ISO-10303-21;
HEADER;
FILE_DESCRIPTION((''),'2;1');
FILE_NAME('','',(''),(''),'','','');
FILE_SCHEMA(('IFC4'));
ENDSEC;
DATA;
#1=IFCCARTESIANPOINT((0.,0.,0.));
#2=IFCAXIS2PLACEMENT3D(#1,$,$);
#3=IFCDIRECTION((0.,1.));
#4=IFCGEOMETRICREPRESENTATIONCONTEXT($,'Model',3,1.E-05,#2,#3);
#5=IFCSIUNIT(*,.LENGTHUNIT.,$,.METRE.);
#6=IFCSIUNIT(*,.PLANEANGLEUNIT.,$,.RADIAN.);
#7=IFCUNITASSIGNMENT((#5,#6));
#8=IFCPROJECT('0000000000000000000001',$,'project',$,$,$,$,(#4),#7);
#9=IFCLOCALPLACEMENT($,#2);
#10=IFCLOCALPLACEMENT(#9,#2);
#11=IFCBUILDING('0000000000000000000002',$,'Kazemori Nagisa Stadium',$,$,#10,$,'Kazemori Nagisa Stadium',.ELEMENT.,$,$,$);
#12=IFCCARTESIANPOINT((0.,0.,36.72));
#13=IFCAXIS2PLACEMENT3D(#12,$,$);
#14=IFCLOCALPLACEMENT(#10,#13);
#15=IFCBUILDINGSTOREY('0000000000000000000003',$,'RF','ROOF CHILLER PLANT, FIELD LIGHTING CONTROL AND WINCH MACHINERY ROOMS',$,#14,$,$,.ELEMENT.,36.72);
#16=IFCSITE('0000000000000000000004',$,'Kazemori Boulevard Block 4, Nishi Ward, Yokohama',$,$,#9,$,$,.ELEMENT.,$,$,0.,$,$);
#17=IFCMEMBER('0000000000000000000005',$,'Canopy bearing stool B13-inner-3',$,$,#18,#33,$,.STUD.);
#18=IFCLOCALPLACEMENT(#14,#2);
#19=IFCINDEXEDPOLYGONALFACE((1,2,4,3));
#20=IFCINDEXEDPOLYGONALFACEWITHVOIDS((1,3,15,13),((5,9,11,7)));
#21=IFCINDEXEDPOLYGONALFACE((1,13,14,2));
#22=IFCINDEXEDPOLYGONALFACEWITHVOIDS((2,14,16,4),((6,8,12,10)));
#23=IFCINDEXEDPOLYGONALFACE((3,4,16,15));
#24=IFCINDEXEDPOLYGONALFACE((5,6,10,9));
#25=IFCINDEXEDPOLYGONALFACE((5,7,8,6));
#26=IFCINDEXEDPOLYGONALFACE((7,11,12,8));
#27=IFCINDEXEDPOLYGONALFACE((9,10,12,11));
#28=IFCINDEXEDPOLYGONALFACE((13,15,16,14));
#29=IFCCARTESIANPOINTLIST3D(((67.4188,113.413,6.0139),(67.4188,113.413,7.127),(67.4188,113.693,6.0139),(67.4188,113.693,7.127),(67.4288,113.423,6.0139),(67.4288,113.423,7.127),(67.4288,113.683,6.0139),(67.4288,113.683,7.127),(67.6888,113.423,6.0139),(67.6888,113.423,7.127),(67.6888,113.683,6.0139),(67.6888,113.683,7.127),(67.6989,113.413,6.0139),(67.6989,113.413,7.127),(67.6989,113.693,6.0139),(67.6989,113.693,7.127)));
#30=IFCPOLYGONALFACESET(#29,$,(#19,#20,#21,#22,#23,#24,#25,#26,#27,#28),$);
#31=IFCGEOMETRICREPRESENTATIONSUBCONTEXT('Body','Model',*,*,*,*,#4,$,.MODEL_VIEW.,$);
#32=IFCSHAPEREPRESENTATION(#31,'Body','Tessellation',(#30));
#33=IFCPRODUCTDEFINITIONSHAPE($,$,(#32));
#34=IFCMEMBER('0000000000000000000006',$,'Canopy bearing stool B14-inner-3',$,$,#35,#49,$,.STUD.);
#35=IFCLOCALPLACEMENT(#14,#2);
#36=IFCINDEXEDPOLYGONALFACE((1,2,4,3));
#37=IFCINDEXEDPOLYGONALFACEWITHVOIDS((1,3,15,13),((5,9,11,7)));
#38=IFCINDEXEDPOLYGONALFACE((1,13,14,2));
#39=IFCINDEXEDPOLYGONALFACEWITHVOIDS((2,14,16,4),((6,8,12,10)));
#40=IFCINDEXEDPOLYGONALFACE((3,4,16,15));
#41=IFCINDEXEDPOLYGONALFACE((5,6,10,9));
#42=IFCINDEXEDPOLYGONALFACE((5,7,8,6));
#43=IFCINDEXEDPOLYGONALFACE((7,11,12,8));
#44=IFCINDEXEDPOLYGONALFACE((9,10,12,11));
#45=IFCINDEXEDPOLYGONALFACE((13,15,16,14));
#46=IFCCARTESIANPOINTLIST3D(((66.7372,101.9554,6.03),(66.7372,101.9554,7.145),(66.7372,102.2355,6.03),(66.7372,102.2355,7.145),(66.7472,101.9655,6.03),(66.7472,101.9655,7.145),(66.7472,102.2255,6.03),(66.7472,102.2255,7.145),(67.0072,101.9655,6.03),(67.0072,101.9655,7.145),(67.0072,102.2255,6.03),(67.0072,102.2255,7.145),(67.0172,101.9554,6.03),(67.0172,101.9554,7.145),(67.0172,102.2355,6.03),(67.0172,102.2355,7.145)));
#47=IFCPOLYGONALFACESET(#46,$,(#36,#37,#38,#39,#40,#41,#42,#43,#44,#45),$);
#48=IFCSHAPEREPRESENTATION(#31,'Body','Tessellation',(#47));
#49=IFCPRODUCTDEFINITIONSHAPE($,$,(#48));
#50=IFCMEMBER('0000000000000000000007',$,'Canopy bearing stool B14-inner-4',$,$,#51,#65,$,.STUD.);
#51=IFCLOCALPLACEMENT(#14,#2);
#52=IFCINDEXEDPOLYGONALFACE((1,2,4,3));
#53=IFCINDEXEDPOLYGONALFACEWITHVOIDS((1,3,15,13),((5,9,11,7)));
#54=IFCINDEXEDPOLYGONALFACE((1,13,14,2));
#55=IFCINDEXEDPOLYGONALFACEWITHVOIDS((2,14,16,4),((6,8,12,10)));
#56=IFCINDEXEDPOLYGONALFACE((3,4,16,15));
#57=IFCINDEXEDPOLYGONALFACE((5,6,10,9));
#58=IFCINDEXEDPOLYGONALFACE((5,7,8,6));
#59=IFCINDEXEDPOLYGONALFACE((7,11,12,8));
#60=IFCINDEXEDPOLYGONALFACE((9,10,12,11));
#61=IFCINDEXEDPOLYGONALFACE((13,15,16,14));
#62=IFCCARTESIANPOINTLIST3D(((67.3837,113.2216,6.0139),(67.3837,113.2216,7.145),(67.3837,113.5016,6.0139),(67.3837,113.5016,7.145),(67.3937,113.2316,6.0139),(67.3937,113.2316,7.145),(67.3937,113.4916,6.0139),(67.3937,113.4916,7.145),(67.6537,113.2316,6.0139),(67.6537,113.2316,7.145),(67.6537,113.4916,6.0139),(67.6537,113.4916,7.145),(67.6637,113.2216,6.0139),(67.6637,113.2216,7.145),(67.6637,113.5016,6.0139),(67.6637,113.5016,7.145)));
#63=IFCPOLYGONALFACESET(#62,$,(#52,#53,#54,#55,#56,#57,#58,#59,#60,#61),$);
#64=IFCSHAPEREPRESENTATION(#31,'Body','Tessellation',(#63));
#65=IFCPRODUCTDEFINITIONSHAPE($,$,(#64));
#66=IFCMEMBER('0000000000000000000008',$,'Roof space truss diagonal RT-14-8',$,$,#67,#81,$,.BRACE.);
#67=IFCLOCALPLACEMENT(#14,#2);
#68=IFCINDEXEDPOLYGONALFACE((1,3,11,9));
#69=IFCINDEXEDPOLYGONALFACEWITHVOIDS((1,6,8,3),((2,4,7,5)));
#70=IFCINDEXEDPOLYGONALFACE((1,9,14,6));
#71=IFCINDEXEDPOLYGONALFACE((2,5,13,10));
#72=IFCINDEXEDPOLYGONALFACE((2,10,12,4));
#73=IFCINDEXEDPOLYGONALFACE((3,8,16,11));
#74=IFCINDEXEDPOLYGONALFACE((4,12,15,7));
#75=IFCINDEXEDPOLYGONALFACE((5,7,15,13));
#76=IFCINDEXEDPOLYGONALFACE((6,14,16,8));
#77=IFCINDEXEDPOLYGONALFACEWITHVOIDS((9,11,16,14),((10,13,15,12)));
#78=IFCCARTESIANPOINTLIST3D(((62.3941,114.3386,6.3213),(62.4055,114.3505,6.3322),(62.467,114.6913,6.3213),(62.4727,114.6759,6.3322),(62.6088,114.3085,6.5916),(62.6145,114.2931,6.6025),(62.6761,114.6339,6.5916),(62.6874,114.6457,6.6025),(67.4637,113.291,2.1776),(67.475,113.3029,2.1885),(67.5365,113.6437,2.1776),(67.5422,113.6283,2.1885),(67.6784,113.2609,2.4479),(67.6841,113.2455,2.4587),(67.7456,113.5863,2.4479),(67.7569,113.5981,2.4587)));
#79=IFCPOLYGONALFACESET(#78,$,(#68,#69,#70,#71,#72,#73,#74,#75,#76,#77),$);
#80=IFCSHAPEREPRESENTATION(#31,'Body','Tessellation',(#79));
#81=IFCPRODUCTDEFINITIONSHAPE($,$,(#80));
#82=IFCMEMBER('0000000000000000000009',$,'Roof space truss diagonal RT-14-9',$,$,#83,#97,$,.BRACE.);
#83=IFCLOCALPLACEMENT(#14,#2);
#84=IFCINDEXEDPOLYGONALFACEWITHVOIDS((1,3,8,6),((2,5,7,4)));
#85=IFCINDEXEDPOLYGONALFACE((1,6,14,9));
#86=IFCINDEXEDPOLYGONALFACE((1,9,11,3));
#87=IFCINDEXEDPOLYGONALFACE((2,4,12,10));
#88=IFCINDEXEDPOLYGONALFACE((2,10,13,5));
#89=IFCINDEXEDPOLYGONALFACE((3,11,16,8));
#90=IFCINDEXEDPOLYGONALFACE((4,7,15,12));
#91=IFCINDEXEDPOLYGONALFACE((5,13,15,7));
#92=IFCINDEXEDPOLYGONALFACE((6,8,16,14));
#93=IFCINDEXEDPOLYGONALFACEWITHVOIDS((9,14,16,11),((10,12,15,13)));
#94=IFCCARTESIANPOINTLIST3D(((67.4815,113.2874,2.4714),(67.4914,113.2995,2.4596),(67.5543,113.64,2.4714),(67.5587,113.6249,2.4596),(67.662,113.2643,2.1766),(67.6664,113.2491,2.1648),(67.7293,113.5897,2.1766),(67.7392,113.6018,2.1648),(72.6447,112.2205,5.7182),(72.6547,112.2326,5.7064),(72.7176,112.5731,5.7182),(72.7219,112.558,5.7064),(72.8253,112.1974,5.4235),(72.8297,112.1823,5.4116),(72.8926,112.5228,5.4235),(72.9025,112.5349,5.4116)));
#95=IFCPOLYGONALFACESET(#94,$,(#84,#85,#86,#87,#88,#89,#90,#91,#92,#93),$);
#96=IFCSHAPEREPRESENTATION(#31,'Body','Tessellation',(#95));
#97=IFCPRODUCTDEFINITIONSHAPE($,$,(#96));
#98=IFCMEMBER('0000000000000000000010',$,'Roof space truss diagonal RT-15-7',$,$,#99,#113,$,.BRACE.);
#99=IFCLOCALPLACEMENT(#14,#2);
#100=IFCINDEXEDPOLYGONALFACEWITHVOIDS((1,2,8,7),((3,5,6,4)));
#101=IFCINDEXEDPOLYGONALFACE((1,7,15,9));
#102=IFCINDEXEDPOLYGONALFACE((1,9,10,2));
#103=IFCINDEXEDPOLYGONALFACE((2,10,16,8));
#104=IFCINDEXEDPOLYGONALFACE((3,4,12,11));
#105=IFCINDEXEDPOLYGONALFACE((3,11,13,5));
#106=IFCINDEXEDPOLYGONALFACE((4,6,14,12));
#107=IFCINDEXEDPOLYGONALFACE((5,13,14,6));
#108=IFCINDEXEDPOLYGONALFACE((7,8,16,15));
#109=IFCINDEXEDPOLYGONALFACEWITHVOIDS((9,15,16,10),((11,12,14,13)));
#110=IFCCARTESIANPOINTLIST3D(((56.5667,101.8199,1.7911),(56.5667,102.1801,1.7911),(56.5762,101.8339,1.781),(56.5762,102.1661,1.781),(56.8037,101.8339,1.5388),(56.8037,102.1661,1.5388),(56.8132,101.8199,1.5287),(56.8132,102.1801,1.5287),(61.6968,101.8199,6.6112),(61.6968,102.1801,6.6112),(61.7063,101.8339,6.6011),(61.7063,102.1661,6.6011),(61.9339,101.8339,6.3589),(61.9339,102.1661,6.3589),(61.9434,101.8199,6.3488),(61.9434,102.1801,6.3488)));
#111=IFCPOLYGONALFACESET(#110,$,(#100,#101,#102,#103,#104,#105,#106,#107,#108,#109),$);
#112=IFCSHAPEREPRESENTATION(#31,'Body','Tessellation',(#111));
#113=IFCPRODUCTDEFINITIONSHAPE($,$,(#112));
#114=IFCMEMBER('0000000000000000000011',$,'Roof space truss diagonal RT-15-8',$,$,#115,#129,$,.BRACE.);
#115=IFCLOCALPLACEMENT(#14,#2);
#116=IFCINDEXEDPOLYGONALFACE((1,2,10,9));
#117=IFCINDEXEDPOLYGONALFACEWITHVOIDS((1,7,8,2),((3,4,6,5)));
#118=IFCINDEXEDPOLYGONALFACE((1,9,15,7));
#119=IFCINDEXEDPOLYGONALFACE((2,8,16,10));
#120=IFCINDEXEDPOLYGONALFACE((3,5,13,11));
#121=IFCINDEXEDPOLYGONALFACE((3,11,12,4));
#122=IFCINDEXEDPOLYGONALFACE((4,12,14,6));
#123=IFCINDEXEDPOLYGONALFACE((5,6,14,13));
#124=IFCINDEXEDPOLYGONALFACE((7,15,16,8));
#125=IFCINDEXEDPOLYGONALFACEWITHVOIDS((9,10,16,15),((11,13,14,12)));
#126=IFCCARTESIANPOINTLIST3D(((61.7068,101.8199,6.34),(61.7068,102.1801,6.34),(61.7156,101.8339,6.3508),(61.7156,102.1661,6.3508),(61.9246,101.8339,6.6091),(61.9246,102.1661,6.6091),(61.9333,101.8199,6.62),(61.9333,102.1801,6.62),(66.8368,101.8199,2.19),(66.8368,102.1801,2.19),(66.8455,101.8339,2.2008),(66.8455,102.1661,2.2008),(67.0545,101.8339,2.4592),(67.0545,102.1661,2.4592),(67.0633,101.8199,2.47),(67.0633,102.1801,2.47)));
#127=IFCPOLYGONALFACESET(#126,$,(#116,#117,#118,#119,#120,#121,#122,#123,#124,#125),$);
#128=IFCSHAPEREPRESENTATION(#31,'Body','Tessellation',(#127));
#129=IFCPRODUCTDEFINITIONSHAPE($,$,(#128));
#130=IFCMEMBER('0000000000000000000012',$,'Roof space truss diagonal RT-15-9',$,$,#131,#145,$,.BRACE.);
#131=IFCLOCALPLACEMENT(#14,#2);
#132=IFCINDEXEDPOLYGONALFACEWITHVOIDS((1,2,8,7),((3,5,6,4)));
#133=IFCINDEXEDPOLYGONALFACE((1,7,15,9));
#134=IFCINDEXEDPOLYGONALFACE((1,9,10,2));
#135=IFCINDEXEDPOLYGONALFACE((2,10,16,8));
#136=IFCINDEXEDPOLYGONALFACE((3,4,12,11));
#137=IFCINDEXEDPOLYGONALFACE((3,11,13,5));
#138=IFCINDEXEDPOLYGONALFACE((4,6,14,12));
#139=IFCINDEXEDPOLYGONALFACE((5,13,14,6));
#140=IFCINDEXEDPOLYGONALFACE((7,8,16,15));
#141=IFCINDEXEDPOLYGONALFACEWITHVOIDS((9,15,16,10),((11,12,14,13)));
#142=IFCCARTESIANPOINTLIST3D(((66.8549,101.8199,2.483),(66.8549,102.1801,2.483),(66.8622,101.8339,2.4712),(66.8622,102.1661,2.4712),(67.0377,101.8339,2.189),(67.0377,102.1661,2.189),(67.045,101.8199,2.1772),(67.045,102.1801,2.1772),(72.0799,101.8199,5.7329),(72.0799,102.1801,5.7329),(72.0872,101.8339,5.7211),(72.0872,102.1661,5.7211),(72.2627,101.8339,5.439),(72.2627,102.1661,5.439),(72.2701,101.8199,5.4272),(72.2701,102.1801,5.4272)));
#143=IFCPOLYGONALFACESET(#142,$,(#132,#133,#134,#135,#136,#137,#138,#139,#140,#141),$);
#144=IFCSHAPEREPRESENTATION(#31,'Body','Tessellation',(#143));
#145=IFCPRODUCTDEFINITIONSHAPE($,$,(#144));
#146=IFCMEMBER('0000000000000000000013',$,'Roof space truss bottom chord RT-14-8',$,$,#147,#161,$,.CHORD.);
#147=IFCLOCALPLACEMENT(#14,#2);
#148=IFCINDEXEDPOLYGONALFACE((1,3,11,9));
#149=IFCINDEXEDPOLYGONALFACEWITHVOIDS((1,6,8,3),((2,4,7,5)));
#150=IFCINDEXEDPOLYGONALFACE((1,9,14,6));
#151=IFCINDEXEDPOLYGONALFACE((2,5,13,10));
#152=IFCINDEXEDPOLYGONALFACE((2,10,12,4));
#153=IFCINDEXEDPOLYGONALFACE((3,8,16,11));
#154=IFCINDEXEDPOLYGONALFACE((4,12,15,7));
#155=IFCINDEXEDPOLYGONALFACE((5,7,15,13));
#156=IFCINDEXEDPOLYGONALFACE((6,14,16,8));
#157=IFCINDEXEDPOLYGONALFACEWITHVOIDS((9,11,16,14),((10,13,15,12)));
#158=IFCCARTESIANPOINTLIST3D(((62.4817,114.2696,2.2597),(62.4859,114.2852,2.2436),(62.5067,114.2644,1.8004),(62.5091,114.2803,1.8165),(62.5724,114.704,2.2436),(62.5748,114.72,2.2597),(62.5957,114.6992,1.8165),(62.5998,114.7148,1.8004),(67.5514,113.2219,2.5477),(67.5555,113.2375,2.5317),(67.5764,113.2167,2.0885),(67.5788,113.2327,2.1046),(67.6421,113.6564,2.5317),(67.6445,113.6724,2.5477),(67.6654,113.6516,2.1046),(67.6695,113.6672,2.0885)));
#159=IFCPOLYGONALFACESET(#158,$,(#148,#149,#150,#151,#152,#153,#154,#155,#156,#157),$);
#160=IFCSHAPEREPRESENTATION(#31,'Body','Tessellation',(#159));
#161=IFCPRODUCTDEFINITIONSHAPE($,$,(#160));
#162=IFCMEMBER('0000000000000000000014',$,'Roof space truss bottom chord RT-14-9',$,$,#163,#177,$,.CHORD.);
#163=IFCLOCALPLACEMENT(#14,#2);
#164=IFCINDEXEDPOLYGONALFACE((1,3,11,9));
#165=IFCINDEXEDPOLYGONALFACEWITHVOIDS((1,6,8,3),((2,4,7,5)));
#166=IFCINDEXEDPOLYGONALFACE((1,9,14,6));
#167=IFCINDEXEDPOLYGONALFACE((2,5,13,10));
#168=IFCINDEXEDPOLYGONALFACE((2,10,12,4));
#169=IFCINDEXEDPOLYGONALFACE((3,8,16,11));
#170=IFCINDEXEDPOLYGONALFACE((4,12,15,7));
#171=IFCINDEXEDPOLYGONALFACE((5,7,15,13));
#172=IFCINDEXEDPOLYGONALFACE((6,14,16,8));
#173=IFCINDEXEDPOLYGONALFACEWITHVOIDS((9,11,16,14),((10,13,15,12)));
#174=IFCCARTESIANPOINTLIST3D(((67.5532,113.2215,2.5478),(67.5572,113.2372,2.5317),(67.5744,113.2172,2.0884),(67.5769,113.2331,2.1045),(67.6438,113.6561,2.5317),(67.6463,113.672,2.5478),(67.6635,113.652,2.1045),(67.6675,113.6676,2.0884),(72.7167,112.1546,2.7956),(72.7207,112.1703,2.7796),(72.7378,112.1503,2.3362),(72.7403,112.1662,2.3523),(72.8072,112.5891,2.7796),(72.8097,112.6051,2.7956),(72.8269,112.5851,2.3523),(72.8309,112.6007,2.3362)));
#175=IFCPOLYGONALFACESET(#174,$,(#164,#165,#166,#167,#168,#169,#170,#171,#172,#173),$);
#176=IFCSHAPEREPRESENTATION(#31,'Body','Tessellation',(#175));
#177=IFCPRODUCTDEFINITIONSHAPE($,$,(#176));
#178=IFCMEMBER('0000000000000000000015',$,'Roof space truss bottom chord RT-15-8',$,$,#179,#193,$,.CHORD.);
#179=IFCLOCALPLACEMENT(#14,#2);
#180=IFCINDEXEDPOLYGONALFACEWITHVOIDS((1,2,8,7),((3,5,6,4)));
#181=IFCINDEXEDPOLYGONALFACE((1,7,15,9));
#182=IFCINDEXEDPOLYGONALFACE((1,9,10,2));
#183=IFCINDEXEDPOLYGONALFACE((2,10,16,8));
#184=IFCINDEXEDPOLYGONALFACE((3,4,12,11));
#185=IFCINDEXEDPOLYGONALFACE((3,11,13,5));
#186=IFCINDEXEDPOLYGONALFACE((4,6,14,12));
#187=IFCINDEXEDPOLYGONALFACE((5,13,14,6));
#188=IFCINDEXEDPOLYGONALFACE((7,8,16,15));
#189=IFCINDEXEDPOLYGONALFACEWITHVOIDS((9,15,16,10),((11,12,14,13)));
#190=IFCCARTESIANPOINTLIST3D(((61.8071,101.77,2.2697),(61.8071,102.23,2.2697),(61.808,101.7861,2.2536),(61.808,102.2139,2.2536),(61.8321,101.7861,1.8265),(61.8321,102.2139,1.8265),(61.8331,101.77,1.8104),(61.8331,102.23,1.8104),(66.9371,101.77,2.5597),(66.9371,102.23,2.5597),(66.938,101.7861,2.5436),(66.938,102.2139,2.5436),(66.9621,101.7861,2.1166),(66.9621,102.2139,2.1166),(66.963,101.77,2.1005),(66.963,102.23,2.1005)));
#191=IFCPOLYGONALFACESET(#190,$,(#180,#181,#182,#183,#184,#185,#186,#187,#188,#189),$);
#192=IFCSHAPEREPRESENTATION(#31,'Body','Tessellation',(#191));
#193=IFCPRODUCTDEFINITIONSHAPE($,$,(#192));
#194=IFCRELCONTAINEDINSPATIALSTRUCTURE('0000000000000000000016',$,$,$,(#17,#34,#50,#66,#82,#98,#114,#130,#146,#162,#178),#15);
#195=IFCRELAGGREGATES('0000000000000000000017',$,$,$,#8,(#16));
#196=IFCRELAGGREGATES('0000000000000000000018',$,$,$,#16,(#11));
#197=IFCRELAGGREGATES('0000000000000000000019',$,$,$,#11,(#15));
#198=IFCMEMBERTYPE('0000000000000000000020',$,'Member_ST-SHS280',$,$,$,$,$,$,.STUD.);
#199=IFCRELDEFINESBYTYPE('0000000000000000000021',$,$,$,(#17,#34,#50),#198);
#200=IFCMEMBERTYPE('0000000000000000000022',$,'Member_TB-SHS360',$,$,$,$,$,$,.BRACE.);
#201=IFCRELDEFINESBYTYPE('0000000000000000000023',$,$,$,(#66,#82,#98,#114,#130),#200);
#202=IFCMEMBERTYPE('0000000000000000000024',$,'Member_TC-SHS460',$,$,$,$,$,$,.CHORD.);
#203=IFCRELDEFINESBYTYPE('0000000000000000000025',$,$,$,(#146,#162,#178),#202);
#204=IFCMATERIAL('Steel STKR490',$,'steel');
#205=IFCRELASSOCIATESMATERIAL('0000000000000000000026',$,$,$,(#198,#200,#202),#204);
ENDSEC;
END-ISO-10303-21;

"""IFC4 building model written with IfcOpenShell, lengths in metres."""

from ifc_helpers import new_model, si_unit, direction, frame, origin, origin_2d, place, context, subcontext, project, spatial, hollow_rectangle, extrude, material, material_profile, profile_set, type_object, element, save


model = new_model("IFC4")

# Units and contexts
model_context = context("Model", 3, precision=1e-05, world=origin(), true_north=direction((0.0, 1.0)))
body_context = subcontext(model_context, "Body", "Model", "MODEL_VIEW")
ifc_project = project(units=[si_unit("LENGTHUNIT", "METRE"), si_unit("PLANEANGLEUNIT", "RADIAN")], contexts=[model_context])

# Site, building, storey
site_placement = place(None, origin())
site = spatial("IfcSite", under=ifc_project, at=site_placement, Name="Kazemori Boulevard Block 4, Nishi Ward, Yokohama", CompositionType="ELEMENT", RefElevation=0.0)
building_placement = place(site_placement, origin())
building = spatial("IfcBuilding", under=site, at=building_placement, Name="Kazemori Nagisa Stadium", LongName="Kazemori Nagisa Stadium", CompositionType="ELEMENT")
storey_placement = place(building_placement, frame((0.0, 0.0, 36.72)))
storey = spatial("IfcBuildingStorey", under=building, at=storey_placement, Name="RF", Description="ROOF CHILLER PLANT, FIELD LIGHTING CONTROL AND WINCH MACHINERY ROOMS", CompositionType="ELEMENT", Elevation=36.72)

# Members
ifc_material_1 = material(Name="Steel STKR490", Category="steel")
ifc_material_profile_1 = material_profile(ifc_material_1, hollow_rectangle(XDim=0.28, YDim=0.28, WallThickness=0.01, at=origin_2d()), Name="SHS-280x280x10")
ifc_profile_set_1 = profile_set([ifc_material_profile_1], Name="Steel STKR490")
member_type_1 = type_object("IfcMemberType", Name="Member_ST-SHS280", PredefinedType="STUD", material=ifc_profile_set_1)
member_1_placement = place(storey_placement, frame((67.5588, 113.553, 6.0139), z_axis=(0.0, 0.0, 1.0), x_axis=(1.0, 0.0, 0.0)))
element("IfcMember", 1, at=member_1_placement, inside=storey, type_object=member_type_1, Name="Canopy bearing stool B13-inner-3", PredefinedType="STUD", context=body_context, shape_type="SweptSolid", body=[
    extrude(hollow_rectangle(XDim=0.28, YDim=0.28, WallThickness=0.01, at=origin_2d()), origin(), (0.0, 0.0, 1.0), 1.113),
])
member_2_placement = place(storey_placement, frame((66.8772, 102.0955, 6.03), z_axis=(0.0, 0.0, 1.0), x_axis=(1.0, 0.0, 0.0)))
element("IfcMember", 2, at=member_2_placement, inside=storey, type_object=member_type_1, Name="Canopy bearing stool B14-inner-3", PredefinedType="STUD", context=body_context, shape_type="SweptSolid", body=[
    extrude(hollow_rectangle(XDim=0.28, YDim=0.28, WallThickness=0.01, at=origin_2d()), origin(), (0.0, 0.0, 1.0), 1.115),
])
member_3_placement = place(storey_placement, frame((67.5237, 113.3616, 6.0139), z_axis=(0.0, 0.0, 1.0), x_axis=(1.0, 0.0, 0.0)))
element("IfcMember", 3, at=member_3_placement, inside=storey, type_object=member_type_1, Name="Canopy bearing stool B14-inner-4", PredefinedType="STUD", context=body_context, shape_type="SweptSolid", body=[
    extrude(hollow_rectangle(XDim=0.28, YDim=0.28, WallThickness=0.01, at=origin_2d()), origin(), (0.0, 0.0, 1.0), 1.1311),
])
ifc_material_profile_2 = material_profile(ifc_material_1, hollow_rectangle(XDim=0.3601, YDim=0.3601, WallThickness=0.0139, at=origin_2d()), Name="SHS-360x360x14")
ifc_profile_set_2 = profile_set([ifc_material_profile_2], Name="Steel STKR490")
member_type_2 = type_object("IfcMemberType", Name="Member_TB-SHS360", PredefinedType="BRACE", material=ifc_profile_set_2)
member_4_placement = place(storey_placement, frame((62.5408, 114.4922, 6.4619), z_axis=(0.764536, -0.157988, -0.62492), x_axis=(0.20237, 0.979309, 0.0)))
element("IfcMember", 4, at=member_4_placement, inside=storey, type_object=member_type_2, Name="Roof space truss diagonal RT-14-8", PredefinedType="BRACE", context=body_context, shape_type="SweptSolid", body=[
    extrude(hollow_rectangle(XDim=0.3601, YDim=0.3601, WallThickness=0.0139, at=origin_2d()), origin(), (0.0, 0.0, 1.0), 6.6309),
])
member_5_placement = place(storey_placement, frame((67.6104, 113.4446, 2.3181), z_axis=(0.833879, -0.172304, 0.524363), x_axis=(0.202354, 0.979312, 0.0)))
element("IfcMember", 5, at=member_5_placement, inside=storey, type_object=member_type_2, Name="Roof space truss diagonal RT-14-9", PredefinedType="BRACE", context=body_context, shape_type="SweptSolid", body=[
    extrude(hollow_rectangle(XDim=0.3601, YDim=0.3601, WallThickness=0.0139, at=origin_2d()), origin(), (0.0, 0.0, 1.0), 6.1919),
])
member_6_placement = place(storey_placement, frame((56.6899, 102.0, 1.6599), z_axis=(0.728787, 0.0, 0.68474), x_axis=(0.0, 1.0, 0.0)))
element("IfcMember", 6, at=member_6_placement, inside=storey, type_object=member_type_2, Name="Roof space truss diagonal RT-15-7", PredefinedType="BRACE", context=body_context, shape_type="SweptSolid", body=[
    extrude(hollow_rectangle(XDim=0.3601, YDim=0.3601, WallThickness=0.0139, at=origin_2d()), origin(), (0.0, 0.0, 1.0), 7.0393),
])
member_7_placement = place(storey_placement, frame((61.8201, 102.0, 6.48), z_axis=(0.777457, 0.0, -0.628936), x_axis=(0.0, 1.0, 0.0)))
element("IfcMember", 7, at=member_7_placement, inside=storey, type_object=member_type_2, Name="Roof space truss diagonal RT-15-8", PredefinedType="BRACE", context=body_context, shape_type="SweptSolid", body=[
    extrude(hollow_rectangle(XDim=0.3601, YDim=0.3601, WallThickness=0.0139, at=origin_2d()), origin(), (0.0, 0.0, 1.0), 6.5984),
])
member_8_placement = place(storey_placement, frame((66.95, 102.0, 2.3301), z_axis=(0.849142, 0.0, 0.528165), x_axis=(0.0, 1.0, 0.0)))
element("IfcMember", 8, at=member_8_placement, inside=storey, type_object=member_type_2, Name="Roof space truss diagonal RT-15-9", PredefinedType="BRACE", context=body_context, shape_type="SweptSolid", body=[
    extrude(hollow_rectangle(XDim=0.3601, YDim=0.3601, WallThickness=0.0139, at=origin_2d()), origin(), (0.0, 0.0, 1.0), 6.1533),
])
ifc_material_profile_3 = material_profile(ifc_material_1, hollow_rectangle(XDim=0.46, YDim=0.46, WallThickness=0.0161, at=origin_2d()), Name="SHS-460x460x16")
ifc_profile_set_3 = profile_set([ifc_material_profile_3], Name="Steel STKR490")
member_type_3 = type_object("IfcMemberType", Name="Member_TC-SHS460", PredefinedType="CHORD", material=ifc_profile_set_3)
member_9_placement = place(storey_placement, frame((62.5408, 114.4922, 2.03), z_axis=(0.977796, -0.202057, 0.055565), x_axis=(0.20237, 0.979309, 0.0)))
element("IfcMember", 9, at=member_9_placement, inside=storey, type_object=member_type_3, Name="Roof space truss bottom chord RT-14-8", PredefinedType="CHORD", context=body_context, shape_type="SweptSolid", body=[
    extrude(hollow_rectangle(XDim=0.46, YDim=0.46, WallThickness=0.0161, at=origin_2d()), origin(), (0.0, 0.0, 1.0), 5.1848),
])
member_10_placement = place(storey_placement, frame((67.6104, 113.4446, 2.3181), z_axis=(0.978232, -0.202131, 0.046948), x_axis=(0.202354, 0.979312, 0.0)))
element("IfcMember", 10, at=member_10_placement, inside=storey, type_object=member_type_3, Name="Roof space truss bottom chord RT-14-9", PredefinedType="CHORD", context=body_context, shape_type="SweptSolid", body=[
    extrude(hollow_rectangle(XDim=0.46, YDim=0.46, WallThickness=0.0161, at=origin_2d()), origin(), (0.0, 0.0, 1.0), 5.2783),
])
member_11_placement = place(storey_placement, frame((61.8201, 102.0, 2.04), z_axis=(0.998405, 0.0, 0.056449), x_axis=(0.0, 1.0, 0.0)))
element("IfcMember", 11, at=member_11_placement, inside=storey, type_object=member_type_3, Name="Roof space truss bottom chord RT-15-8", PredefinedType="CHORD", context=body_context, shape_type="SweptSolid", body=[
    extrude(hollow_rectangle(XDim=0.46, YDim=0.46, WallThickness=0.0161, at=origin_2d()), origin(), (0.0, 0.0, 1.0), 5.1382),
])

save(model, "model.ifc")
